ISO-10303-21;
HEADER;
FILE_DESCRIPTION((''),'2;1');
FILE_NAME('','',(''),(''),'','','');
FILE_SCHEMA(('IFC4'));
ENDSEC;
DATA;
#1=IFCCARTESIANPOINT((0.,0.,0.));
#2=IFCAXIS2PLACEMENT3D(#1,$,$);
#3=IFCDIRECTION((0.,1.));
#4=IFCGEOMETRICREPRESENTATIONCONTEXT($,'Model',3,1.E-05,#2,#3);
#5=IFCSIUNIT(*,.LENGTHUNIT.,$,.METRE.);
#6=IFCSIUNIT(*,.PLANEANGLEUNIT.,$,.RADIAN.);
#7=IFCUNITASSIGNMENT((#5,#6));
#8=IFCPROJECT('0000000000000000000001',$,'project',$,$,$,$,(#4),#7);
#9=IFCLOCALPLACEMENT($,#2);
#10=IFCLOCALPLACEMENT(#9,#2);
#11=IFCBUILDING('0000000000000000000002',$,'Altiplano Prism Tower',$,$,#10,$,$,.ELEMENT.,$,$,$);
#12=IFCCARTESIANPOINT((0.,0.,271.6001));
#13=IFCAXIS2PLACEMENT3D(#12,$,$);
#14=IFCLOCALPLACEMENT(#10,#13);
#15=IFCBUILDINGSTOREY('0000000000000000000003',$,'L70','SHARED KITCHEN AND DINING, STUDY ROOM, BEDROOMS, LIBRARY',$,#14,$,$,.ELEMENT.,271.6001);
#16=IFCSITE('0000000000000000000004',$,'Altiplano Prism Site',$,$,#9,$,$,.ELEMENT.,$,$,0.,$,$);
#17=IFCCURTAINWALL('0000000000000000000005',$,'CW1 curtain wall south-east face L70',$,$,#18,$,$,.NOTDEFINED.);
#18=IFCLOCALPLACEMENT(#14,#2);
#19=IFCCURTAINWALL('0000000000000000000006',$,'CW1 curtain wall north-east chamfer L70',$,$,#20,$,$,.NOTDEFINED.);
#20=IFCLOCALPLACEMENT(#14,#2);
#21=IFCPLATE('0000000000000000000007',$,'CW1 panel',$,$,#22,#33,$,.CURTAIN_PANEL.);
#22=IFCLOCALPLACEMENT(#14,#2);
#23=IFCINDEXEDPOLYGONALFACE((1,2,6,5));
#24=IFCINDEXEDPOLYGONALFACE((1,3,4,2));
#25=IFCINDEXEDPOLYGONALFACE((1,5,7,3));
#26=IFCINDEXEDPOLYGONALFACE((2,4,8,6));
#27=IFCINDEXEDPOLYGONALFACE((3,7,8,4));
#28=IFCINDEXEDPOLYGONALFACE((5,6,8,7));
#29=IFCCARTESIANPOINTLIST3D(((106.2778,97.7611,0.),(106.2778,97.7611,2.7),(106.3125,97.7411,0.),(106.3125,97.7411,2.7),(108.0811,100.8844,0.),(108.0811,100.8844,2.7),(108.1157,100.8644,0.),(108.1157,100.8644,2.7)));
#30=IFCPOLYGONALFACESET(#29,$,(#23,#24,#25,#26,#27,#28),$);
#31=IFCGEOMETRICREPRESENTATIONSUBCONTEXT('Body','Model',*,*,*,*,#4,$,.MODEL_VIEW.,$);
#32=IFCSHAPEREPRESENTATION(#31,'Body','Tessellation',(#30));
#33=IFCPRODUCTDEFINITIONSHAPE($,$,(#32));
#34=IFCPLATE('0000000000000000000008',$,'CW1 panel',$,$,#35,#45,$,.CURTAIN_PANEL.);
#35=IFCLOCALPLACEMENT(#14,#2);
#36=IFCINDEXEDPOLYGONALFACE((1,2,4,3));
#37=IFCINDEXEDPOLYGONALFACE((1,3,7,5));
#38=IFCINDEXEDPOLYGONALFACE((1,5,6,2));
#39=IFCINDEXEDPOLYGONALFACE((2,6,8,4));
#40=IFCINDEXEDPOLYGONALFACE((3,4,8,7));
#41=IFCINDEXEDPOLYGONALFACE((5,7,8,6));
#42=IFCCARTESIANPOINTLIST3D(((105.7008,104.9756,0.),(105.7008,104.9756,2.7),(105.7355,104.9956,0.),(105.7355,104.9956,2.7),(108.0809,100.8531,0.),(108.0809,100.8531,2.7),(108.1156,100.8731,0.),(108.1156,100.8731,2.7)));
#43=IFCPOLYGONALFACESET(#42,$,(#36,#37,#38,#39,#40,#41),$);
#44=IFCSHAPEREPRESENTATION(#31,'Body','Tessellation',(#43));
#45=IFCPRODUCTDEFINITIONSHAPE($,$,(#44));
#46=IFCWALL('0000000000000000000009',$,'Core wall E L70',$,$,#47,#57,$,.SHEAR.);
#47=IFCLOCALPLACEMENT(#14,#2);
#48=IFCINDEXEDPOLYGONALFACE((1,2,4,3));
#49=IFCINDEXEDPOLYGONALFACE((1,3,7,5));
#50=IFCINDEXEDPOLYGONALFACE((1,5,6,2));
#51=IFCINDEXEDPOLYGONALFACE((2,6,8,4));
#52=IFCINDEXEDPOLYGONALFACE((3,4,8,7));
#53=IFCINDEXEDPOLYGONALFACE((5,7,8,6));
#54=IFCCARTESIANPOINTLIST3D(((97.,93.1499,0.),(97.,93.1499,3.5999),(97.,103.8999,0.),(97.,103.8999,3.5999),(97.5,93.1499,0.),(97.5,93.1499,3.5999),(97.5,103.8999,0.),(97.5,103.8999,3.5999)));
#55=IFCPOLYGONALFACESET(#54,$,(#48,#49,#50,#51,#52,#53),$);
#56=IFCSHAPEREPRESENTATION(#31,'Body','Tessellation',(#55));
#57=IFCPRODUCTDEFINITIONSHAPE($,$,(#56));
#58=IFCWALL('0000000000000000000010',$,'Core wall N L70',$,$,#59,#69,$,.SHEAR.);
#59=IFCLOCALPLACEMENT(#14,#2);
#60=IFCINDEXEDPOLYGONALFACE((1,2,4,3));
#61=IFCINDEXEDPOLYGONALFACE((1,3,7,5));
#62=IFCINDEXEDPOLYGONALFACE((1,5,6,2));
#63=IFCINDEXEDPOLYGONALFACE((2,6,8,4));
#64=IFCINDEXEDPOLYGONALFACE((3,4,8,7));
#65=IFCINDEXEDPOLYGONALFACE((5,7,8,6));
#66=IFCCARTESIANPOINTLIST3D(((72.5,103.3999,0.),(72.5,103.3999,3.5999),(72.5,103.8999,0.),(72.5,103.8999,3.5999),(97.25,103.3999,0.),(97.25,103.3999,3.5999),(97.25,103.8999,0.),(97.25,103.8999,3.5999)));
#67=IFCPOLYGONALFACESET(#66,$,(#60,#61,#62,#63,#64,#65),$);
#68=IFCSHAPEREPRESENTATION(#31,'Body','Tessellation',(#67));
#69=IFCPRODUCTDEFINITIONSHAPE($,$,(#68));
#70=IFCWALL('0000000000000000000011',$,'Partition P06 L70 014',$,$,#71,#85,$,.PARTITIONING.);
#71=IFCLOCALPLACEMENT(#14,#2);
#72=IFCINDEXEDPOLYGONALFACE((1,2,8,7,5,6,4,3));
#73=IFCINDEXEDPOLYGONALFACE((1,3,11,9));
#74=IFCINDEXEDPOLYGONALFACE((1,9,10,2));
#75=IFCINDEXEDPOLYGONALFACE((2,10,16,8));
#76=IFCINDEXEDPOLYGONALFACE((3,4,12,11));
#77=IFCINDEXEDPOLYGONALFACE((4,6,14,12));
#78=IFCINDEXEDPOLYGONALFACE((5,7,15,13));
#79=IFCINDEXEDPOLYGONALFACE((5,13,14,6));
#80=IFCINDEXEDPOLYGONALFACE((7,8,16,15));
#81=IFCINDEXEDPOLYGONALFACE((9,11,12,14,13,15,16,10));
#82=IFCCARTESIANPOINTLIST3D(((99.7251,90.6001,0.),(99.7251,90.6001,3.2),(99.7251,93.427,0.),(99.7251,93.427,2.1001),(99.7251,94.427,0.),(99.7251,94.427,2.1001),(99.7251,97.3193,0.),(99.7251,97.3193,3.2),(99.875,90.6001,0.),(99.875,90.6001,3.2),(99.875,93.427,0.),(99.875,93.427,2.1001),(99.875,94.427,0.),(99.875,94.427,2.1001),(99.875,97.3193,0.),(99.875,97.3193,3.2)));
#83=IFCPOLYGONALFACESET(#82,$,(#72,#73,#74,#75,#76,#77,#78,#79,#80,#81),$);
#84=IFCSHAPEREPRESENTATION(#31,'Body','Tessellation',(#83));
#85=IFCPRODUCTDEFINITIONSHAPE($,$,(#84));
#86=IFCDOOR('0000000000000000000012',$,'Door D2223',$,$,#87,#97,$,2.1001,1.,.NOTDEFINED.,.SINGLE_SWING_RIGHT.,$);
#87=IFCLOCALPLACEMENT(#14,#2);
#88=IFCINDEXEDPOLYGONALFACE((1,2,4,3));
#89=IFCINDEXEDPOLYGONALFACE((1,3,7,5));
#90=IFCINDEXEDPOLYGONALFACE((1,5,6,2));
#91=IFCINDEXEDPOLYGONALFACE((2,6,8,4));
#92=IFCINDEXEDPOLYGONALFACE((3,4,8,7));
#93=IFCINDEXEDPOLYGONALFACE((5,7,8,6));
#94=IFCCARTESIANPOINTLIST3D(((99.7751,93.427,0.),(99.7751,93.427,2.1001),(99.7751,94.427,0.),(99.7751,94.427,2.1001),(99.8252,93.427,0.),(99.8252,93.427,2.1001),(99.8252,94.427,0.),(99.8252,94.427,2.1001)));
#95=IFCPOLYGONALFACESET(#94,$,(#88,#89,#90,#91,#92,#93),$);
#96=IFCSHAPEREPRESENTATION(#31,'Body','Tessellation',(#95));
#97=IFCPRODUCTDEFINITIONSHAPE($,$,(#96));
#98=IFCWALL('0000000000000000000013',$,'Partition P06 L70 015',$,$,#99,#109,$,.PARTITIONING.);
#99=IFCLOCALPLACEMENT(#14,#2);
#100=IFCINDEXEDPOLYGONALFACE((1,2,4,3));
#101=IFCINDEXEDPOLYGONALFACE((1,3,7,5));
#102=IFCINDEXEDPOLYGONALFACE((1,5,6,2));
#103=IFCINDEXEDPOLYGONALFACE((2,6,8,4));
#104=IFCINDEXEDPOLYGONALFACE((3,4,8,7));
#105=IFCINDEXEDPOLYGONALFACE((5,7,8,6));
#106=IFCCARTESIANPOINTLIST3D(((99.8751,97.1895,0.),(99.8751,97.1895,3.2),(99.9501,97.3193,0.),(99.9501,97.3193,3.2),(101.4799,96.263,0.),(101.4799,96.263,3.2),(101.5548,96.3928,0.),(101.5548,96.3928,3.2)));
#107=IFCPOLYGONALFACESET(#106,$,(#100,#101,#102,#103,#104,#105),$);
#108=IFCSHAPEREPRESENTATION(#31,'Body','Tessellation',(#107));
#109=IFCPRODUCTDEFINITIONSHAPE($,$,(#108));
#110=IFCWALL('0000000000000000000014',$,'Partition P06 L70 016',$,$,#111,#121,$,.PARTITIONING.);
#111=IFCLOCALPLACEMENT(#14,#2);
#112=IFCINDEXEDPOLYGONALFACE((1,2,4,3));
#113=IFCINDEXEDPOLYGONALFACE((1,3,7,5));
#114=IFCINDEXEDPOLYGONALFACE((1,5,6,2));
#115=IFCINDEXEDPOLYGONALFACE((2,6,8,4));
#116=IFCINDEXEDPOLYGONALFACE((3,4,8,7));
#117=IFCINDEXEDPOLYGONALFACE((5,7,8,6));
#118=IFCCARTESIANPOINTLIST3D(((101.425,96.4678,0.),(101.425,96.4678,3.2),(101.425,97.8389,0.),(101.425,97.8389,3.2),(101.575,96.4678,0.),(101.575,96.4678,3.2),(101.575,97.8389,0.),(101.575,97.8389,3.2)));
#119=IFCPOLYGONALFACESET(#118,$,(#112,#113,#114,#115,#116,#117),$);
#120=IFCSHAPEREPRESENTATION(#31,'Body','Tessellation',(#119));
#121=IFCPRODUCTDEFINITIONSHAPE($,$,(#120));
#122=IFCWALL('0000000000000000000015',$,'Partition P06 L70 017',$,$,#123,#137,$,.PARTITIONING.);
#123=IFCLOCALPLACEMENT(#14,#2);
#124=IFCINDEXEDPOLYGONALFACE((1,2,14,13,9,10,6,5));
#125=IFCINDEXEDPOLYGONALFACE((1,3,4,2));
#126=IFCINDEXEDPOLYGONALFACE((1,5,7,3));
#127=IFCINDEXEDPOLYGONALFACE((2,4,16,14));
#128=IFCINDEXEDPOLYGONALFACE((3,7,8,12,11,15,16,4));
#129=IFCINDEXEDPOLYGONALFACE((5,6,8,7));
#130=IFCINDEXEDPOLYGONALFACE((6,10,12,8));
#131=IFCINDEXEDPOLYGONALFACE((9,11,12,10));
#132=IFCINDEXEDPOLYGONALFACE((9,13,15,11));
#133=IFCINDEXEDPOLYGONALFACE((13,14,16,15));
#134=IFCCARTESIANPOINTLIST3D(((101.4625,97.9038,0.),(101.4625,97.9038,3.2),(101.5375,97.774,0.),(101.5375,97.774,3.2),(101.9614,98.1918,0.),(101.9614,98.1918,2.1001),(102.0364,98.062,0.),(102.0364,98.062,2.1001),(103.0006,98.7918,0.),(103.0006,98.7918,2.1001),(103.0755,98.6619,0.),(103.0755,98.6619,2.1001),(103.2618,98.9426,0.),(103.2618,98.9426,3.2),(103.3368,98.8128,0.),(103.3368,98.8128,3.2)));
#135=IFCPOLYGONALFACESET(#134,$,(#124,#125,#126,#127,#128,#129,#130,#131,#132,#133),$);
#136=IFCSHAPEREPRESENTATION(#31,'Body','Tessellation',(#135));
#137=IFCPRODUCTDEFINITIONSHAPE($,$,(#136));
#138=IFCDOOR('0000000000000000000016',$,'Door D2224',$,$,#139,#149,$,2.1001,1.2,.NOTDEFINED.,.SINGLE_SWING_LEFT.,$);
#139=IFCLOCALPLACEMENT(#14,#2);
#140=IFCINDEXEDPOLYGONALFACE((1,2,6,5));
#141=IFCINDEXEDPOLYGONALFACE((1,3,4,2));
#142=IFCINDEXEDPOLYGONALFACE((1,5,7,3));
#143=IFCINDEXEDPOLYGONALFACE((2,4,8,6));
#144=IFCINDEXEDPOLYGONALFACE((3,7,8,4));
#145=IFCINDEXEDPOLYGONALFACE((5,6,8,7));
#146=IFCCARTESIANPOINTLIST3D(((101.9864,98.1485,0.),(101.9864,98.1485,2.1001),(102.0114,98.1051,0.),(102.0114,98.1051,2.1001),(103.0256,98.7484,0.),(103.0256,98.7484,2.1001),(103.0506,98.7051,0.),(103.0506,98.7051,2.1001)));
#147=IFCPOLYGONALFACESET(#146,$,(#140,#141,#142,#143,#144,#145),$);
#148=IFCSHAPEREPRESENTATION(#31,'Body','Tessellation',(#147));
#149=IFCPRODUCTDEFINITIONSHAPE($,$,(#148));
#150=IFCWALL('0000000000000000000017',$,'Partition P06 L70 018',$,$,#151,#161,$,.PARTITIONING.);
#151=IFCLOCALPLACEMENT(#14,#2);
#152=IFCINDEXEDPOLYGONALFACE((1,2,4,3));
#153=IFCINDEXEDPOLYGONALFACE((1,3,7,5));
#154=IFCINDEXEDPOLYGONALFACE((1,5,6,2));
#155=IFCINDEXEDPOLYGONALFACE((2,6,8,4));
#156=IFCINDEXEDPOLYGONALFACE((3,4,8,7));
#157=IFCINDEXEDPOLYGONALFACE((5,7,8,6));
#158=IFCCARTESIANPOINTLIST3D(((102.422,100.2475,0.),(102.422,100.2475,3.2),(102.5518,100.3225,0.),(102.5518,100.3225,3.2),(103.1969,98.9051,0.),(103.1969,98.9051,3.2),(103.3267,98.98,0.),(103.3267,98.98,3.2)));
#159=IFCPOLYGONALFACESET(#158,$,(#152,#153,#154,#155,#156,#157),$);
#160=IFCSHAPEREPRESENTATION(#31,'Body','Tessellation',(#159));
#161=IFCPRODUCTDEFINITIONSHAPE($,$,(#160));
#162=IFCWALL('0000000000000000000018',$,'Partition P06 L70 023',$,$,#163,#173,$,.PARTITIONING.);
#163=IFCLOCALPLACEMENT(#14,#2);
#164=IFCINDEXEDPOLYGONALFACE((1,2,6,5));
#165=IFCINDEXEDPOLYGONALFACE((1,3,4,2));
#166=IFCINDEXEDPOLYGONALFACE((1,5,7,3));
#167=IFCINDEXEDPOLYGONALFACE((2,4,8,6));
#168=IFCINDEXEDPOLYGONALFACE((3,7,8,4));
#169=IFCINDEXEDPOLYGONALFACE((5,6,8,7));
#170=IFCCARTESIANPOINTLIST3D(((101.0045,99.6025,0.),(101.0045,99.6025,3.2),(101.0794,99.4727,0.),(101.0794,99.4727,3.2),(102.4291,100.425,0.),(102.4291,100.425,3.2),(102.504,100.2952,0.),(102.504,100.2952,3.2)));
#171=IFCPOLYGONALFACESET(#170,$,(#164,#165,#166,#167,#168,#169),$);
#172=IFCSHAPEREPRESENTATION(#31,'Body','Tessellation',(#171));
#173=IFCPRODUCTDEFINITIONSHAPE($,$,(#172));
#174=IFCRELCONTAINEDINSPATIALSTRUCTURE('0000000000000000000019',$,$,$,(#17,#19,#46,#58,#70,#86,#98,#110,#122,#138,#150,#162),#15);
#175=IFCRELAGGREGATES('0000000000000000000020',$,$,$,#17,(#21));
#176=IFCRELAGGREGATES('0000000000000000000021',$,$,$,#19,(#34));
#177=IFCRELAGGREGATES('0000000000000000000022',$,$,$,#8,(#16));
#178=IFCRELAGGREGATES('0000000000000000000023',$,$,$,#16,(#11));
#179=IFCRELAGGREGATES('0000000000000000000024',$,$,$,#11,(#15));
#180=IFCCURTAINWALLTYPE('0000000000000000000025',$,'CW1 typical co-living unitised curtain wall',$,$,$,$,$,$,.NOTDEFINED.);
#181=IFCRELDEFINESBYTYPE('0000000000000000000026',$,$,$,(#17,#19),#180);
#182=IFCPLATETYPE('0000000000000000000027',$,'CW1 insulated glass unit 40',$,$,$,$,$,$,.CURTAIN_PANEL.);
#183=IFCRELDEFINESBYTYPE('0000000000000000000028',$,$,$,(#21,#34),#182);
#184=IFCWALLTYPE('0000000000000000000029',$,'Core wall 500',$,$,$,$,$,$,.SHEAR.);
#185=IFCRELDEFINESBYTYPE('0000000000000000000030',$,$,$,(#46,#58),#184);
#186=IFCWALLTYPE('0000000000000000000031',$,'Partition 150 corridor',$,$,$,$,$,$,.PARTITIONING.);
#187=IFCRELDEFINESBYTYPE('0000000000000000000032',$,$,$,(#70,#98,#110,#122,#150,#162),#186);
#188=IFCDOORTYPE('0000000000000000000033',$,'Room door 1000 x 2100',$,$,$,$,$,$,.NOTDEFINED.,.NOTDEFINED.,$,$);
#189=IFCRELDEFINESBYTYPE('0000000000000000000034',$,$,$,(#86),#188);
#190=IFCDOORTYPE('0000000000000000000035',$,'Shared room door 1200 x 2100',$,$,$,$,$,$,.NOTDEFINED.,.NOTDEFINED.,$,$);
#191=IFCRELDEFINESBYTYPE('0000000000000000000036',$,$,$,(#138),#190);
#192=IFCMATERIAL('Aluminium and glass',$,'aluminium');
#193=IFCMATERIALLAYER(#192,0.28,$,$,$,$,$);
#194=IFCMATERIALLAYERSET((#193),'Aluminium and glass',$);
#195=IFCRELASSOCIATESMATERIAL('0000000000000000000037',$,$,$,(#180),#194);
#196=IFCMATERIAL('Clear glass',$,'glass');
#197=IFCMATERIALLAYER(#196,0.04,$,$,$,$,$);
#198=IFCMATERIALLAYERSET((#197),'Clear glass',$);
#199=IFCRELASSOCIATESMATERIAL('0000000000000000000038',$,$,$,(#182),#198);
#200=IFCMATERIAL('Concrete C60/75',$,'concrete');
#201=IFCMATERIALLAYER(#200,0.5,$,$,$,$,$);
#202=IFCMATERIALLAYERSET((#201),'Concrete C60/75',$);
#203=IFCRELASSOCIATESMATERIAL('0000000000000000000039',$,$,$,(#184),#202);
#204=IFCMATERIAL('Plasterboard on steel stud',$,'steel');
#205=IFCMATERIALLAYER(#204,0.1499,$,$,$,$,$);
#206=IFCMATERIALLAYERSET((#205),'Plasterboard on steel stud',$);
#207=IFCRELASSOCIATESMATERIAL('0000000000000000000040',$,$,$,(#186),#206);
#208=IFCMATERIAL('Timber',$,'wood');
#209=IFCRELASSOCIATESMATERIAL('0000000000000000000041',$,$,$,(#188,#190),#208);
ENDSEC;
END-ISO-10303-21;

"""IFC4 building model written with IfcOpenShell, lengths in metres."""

from ifc_helpers import new_model, si_unit, direction, frame, frame_2d, origin, origin_2d, place, context, subcontext, project, spatial, rectangle, extrude, material, layer, layer_set, type_object, element, fill, aggregate, save


model = new_model("IFC4")

# Units and contexts
model_context = context("Model", 3, precision=1e-05, world=origin(), true_north=direction((0.0, 1.0)))
body_context = subcontext(model_context, "Body", "Model", "MODEL_VIEW")
ifc_project = project(units=[si_unit("LENGTHUNIT", "METRE"), si_unit("PLANEANGLEUNIT", "RADIAN")], contexts=[model_context])

# Site, building, storey
site_placement = place(None, origin())
site = spatial("IfcSite", under=ifc_project, at=site_placement, Name="Altiplano Prism Site", CompositionType="ELEMENT", RefElevation=0.0)
building_placement = place(site_placement, origin())
building = spatial("IfcBuilding", under=site, at=building_placement, Name="Altiplano Prism Tower", CompositionType="ELEMENT")
storey_placement = place(building_placement, frame((0.0, 0.0, 271.6001)))
storey = spatial("IfcBuildingStorey", under=building, at=storey_placement, Name="L70", Description="SHARED KITCHEN AND DINING, STUDY ROOM, BEDROOMS, LIBRARY", CompositionType="ELEMENT", Elevation=271.6001)

# Shared definitions
ifc_material_1 = material(Name="Concrete C60/75", Category="concrete")

# Curtain wall
ifc_material_2 = material(Name="Aluminium and glass", Category="aluminium")
ifc_layer_1 = layer(ifc_material_2, 0.28)
ifc_layer_set_1 = layer_set([ifc_layer_1], Name="Aluminium and glass")
curtain_wall_type = type_object("IfcCurtainWallType", Name="CW1 typical co-living unitised curtain wall", PredefinedType="NOTDEFINED", material=ifc_layer_set_1)
curtain_wall_1_placement = place(storey_placement, origin())
curtain_wall_1 = element("IfcCurtainWall", 1, at=curtain_wall_1_placement, inside=storey, type_object=curtain_wall_type, Name="CW1 curtain wall south-east face L70", PredefinedType="NOTDEFINED")

# Curtain wall
curtain_wall_2_placement = place(storey_placement, origin())
curtain_wall_2 = element("IfcCurtainWall", 2, at=curtain_wall_2_placement, inside=storey, type_object=curtain_wall_type, Name="CW1 curtain wall north-east chamfer L70", PredefinedType="NOTDEFINED")

# Plates
ifc_material_3 = material(Name="Clear glass", Category="glass")
ifc_layer_2 = layer(ifc_material_3, 0.04)
ifc_layer_set_2 = layer_set([ifc_layer_2], Name="Clear glass")
plate_type = type_object("IfcPlateType", Name="CW1 insulated glass unit 40", PredefinedType="CURTAIN_PANEL", material=ifc_layer_set_2)
plate_1_placement = place(storey_placement, frame((107.1968, 99.3127, 0.0), z_axis=(0.0, 0.0, 1.0), x_axis=(0.5, 0.866025, 0.0)))
plate_1 = element("IfcPlate", 3, at=plate_1_placement, type_object=plate_type, Name="CW1 panel", PredefinedType="CURTAIN_PANEL", context=body_context, shape_type="SweptSolid", body=[
    extrude(rectangle(XDim=3.6064, YDim=0.04, at=origin_2d()), origin(), (0.0, 0.0, 1.0), 2.7),
])
aggregate(curtain_wall_1, [plate_1])
plate_2_placement = place(storey_placement, frame((106.9082, 102.9243, 0.0), z_axis=(0.0, 0.0, 1.0), x_axis=(-0.5, 0.866025, 0.0)))
plate_2 = element("IfcPlate", 4, at=plate_2_placement, type_object=plate_type, Name="CW1 panel", PredefinedType="CURTAIN_PANEL", context=body_context, shape_type="SweptSolid", body=[
    extrude(rectangle(XDim=4.7603, YDim=0.04, at=origin_2d()), origin(), (0.0, 0.0, 1.0), 2.7),
])
aggregate(curtain_wall_2, [plate_2])

# Walls
ifc_layer_3 = layer(ifc_material_1, 0.5)
ifc_layer_set_3 = layer_set([ifc_layer_3], Name="Concrete C60/75")
wall_type_1 = type_object("IfcWallType", Name="Core wall 500", PredefinedType="SHEAR", material=ifc_layer_set_3)
wall_1_placement = place(storey_placement, frame((97.25, 93.1499, 0.0), z_axis=(0.0, 0.0, 1.0), x_axis=(0.0, 1.0, 0.0)))
element("IfcWall", 5, at=wall_1_placement, inside=storey, type_object=wall_type_1, Name="Core wall E L70", PredefinedType="SHEAR", context=body_context, shape_type="SweptSolid", body=[
    extrude(rectangle(XDim=10.75, YDim=0.5, at=frame_2d((5.375, 0.0))), origin(), (0.0, 0.0, 1.0), 3.5999),
])
wall_2_placement = place(storey_placement, frame((97.25, 103.6499, 0.0), z_axis=(0.0, 0.0, 1.0), x_axis=(-1.0, 0.0, 0.0)))
element("IfcWall", 6, at=wall_2_placement, inside=storey, type_object=wall_type_1, Name="Core wall N L70", PredefinedType="SHEAR", context=body_context, shape_type="SweptSolid", body=[
    extrude(rectangle(XDim=24.75, YDim=0.5, at=frame_2d((12.375, 0.0))), origin(), (0.0, 0.0, 1.0), 3.5999),
])

# Wall, opening, door
ifc_material_4 = material(Name="Plasterboard on steel stud", Category="steel")
ifc_layer_4 = layer(ifc_material_4, 0.1499)
ifc_layer_set_4 = layer_set([ifc_layer_4], Name="Plasterboard on steel stud")
wall_type_2 = type_object("IfcWallType", Name="Partition 150 corridor", PredefinedType="PARTITIONING", material=ifc_layer_set_4)
wall_3_placement = place(storey_placement, frame((99.8, 90.6001, 0.0), z_axis=(0.0, 0.0, 1.0), x_axis=(0.0, 1.0, 0.0)))
wall_3 = element("IfcWall", 7, at=wall_3_placement, inside=storey, type_object=wall_type_2, Name="Partition P06 L70 014", PredefinedType="PARTITIONING", context=body_context, shape_type="SweptSolid", body=[
    extrude(rectangle(XDim=6.7192, YDim=0.1499, at=frame_2d((3.3596, 0.0))), origin(), (0.0, 0.0, 1.0), 3.2),
])
opening_1_placement = place(wall_3_placement, frame((2.8269, 0.0, 0.0)))
opening_1 = element("IfcOpeningElement", 8, at=opening_1_placement, cuts=wall_3, PredefinedType="OPENING", context=body_context, shape_type="SweptSolid", body=[
    extrude(rectangle(XDim=1.0, YDim=2.1001, at=frame_2d((0.5, 1.05))), frame((0.0, 0.0854, 0.0), z_axis=(0.0, -1.0, 0.0), x_axis=(1.0, 0.0, 0.0)), (0.0, 0.0, 1.0), 0.1709),
])
ifc_material_5 = material(Name="Timber", Category="wood")
door_type_1 = type_object("IfcDoorType", Name="Room door 1000 x 2100", OperationType="NOTDEFINED", PredefinedType="NOTDEFINED", material=ifc_material_5)
door_1_placement = place(opening_1_placement, origin())
door_1 = element("IfcDoor", 9, at=door_1_placement, inside=storey, type_object=door_type_1, Name="Door D2223", OperationType="SINGLE_SWING_RIGHT", OverallHeight=2.1001, OverallWidth=1.0, PredefinedType="NOTDEFINED", context=body_context, shape_type="SweptSolid", body=[
    extrude(rectangle(XDim=1.0, YDim=2.1001, at=frame_2d((0.5, 1.05))), frame((0.0, 0.0249, 0.0), z_axis=(0.0, -1.0, 0.0), x_axis=(1.0, 0.0, 0.0)), (0.0, 0.0, 1.0), 0.05),
])
fill(opening_1, door_1)

# Walls
wall_4_placement = place(storey_placement, frame((99.9126, 97.2544, 0.0), z_axis=(0.0, 0.0, 1.0), x_axis=(0.866021, -0.500008, 0.0)))
element("IfcWall", 10, at=wall_4_placement, inside=storey, type_object=wall_type_2, Name="Partition P06 L70 015", PredefinedType="PARTITIONING", context=body_context, shape_type="SweptSolid", body=[
    extrude(rectangle(XDim=1.853, YDim=0.1499, at=frame_2d((0.9265, 0.0))), origin(), (0.0, 0.0, 1.0), 3.2),
])
wall_5_placement = place(storey_placement, frame((101.5, 96.4678, 0.0), z_axis=(0.0, 0.0, 1.0), x_axis=(0.0, 1.0, 0.0)))
element("IfcWall", 11, at=wall_5_placement, inside=storey, type_object=wall_type_2, Name="Partition P06 L70 016", PredefinedType="PARTITIONING", context=body_context, shape_type="SweptSolid", body=[
    extrude(rectangle(XDim=1.3711, YDim=0.1499, at=frame_2d((0.6855, 0.0))), origin(), (0.0, 0.0, 1.0), 3.2),
])

# Wall, opening, door
wall_6_placement = place(storey_placement, frame((101.5, 97.8389, 0.0), z_axis=(0.0, 0.0, 1.0), x_axis=(0.866029, 0.499994, 0.0)))
wall_6 = element("IfcWall", 12, at=wall_6_placement, inside=storey, type_object=wall_type_2, Name="Partition P06 L70 017", PredefinedType="PARTITIONING", context=body_context, shape_type="SweptSolid", body=[
    extrude(rectangle(XDim=2.0776, YDim=0.1499, at=frame_2d((1.0388, 0.0))), origin(), (0.0, 0.0, 1.0), 3.2),
])
opening_2_placement = place(wall_6_placement, frame((0.5759, 0.0, 0.0)))
opening_2 = element("IfcOpeningElement", 13, at=opening_2_placement, cuts=wall_6, PredefinedType="OPENING", context=body_context, shape_type="SweptSolid", body=[
    extrude(rectangle(XDim=1.2, YDim=2.1001, at=frame_2d((0.6001, 1.05))), frame((0.0, 0.0854, 0.0), z_axis=(0.0, -1.0, 0.0), x_axis=(1.0, 0.0, 0.0)), (0.0, 0.0, 1.0), 0.1709),
])
door_type_2 = type_object("IfcDoorType", Name="Shared room door 1200 x 2100", OperationType="NOTDEFINED", PredefinedType="NOTDEFINED", material=ifc_material_5)
door_2_placement = place(opening_2_placement, origin())
door_2 = element("IfcDoor", 14, at=door_2_placement, inside=storey, type_object=door_type_2, Name="Door D2224", OperationType="SINGLE_SWING_LEFT", OverallHeight=2.1001, OverallWidth=1.2, PredefinedType="NOTDEFINED", context=body_context, shape_type="SweptSolid", body=[
    extrude(rectangle(XDim=1.2, YDim=2.1001, at=frame_2d((0.6001, 1.05))), frame((0.0, 0.0249, 0.0), z_axis=(0.0, -1.0, 0.0), x_axis=(1.0, 0.0, 0.0)), (0.0, 0.0, 1.0), 0.05),
])
fill(opening_2, door_2)

# Walls
wall_7_placement = place(storey_placement, frame((103.2617, 98.9426, 0.0), z_axis=(0.0, 0.0, 1.0), x_axis=(-0.4999, 0.866083, 0.0)))
element("IfcWall", 15, at=wall_7_placement, inside=storey, type_object=wall_type_2, Name="Partition P06 L70 018", PredefinedType="PARTITIONING", context=body_context, shape_type="SweptSolid", body=[
    extrude(rectangle(XDim=1.55, YDim=0.1499, at=frame_2d((0.7749, 0.0))), origin(), (0.0, 0.0, 1.0), 3.2),
])
wall_8_placement = place(storey_placement, frame((102.4666, 100.3601, 0.0), z_axis=(0.0, 0.0, 1.0), x_axis=(-0.866015, -0.500018, 0.0)))
element("IfcWall", 16, at=wall_8_placement, inside=storey, type_object=wall_type_2, Name="Partition P06 L70 023", PredefinedType="PARTITIONING", context=body_context, shape_type="SweptSolid", body=[
    extrude(rectangle(XDim=1.645, YDim=0.1499, at=frame_2d((0.8225, 0.0))), origin(), (0.0, 0.0, 1.0), 3.2),
])

save(model, "model.ifc")
